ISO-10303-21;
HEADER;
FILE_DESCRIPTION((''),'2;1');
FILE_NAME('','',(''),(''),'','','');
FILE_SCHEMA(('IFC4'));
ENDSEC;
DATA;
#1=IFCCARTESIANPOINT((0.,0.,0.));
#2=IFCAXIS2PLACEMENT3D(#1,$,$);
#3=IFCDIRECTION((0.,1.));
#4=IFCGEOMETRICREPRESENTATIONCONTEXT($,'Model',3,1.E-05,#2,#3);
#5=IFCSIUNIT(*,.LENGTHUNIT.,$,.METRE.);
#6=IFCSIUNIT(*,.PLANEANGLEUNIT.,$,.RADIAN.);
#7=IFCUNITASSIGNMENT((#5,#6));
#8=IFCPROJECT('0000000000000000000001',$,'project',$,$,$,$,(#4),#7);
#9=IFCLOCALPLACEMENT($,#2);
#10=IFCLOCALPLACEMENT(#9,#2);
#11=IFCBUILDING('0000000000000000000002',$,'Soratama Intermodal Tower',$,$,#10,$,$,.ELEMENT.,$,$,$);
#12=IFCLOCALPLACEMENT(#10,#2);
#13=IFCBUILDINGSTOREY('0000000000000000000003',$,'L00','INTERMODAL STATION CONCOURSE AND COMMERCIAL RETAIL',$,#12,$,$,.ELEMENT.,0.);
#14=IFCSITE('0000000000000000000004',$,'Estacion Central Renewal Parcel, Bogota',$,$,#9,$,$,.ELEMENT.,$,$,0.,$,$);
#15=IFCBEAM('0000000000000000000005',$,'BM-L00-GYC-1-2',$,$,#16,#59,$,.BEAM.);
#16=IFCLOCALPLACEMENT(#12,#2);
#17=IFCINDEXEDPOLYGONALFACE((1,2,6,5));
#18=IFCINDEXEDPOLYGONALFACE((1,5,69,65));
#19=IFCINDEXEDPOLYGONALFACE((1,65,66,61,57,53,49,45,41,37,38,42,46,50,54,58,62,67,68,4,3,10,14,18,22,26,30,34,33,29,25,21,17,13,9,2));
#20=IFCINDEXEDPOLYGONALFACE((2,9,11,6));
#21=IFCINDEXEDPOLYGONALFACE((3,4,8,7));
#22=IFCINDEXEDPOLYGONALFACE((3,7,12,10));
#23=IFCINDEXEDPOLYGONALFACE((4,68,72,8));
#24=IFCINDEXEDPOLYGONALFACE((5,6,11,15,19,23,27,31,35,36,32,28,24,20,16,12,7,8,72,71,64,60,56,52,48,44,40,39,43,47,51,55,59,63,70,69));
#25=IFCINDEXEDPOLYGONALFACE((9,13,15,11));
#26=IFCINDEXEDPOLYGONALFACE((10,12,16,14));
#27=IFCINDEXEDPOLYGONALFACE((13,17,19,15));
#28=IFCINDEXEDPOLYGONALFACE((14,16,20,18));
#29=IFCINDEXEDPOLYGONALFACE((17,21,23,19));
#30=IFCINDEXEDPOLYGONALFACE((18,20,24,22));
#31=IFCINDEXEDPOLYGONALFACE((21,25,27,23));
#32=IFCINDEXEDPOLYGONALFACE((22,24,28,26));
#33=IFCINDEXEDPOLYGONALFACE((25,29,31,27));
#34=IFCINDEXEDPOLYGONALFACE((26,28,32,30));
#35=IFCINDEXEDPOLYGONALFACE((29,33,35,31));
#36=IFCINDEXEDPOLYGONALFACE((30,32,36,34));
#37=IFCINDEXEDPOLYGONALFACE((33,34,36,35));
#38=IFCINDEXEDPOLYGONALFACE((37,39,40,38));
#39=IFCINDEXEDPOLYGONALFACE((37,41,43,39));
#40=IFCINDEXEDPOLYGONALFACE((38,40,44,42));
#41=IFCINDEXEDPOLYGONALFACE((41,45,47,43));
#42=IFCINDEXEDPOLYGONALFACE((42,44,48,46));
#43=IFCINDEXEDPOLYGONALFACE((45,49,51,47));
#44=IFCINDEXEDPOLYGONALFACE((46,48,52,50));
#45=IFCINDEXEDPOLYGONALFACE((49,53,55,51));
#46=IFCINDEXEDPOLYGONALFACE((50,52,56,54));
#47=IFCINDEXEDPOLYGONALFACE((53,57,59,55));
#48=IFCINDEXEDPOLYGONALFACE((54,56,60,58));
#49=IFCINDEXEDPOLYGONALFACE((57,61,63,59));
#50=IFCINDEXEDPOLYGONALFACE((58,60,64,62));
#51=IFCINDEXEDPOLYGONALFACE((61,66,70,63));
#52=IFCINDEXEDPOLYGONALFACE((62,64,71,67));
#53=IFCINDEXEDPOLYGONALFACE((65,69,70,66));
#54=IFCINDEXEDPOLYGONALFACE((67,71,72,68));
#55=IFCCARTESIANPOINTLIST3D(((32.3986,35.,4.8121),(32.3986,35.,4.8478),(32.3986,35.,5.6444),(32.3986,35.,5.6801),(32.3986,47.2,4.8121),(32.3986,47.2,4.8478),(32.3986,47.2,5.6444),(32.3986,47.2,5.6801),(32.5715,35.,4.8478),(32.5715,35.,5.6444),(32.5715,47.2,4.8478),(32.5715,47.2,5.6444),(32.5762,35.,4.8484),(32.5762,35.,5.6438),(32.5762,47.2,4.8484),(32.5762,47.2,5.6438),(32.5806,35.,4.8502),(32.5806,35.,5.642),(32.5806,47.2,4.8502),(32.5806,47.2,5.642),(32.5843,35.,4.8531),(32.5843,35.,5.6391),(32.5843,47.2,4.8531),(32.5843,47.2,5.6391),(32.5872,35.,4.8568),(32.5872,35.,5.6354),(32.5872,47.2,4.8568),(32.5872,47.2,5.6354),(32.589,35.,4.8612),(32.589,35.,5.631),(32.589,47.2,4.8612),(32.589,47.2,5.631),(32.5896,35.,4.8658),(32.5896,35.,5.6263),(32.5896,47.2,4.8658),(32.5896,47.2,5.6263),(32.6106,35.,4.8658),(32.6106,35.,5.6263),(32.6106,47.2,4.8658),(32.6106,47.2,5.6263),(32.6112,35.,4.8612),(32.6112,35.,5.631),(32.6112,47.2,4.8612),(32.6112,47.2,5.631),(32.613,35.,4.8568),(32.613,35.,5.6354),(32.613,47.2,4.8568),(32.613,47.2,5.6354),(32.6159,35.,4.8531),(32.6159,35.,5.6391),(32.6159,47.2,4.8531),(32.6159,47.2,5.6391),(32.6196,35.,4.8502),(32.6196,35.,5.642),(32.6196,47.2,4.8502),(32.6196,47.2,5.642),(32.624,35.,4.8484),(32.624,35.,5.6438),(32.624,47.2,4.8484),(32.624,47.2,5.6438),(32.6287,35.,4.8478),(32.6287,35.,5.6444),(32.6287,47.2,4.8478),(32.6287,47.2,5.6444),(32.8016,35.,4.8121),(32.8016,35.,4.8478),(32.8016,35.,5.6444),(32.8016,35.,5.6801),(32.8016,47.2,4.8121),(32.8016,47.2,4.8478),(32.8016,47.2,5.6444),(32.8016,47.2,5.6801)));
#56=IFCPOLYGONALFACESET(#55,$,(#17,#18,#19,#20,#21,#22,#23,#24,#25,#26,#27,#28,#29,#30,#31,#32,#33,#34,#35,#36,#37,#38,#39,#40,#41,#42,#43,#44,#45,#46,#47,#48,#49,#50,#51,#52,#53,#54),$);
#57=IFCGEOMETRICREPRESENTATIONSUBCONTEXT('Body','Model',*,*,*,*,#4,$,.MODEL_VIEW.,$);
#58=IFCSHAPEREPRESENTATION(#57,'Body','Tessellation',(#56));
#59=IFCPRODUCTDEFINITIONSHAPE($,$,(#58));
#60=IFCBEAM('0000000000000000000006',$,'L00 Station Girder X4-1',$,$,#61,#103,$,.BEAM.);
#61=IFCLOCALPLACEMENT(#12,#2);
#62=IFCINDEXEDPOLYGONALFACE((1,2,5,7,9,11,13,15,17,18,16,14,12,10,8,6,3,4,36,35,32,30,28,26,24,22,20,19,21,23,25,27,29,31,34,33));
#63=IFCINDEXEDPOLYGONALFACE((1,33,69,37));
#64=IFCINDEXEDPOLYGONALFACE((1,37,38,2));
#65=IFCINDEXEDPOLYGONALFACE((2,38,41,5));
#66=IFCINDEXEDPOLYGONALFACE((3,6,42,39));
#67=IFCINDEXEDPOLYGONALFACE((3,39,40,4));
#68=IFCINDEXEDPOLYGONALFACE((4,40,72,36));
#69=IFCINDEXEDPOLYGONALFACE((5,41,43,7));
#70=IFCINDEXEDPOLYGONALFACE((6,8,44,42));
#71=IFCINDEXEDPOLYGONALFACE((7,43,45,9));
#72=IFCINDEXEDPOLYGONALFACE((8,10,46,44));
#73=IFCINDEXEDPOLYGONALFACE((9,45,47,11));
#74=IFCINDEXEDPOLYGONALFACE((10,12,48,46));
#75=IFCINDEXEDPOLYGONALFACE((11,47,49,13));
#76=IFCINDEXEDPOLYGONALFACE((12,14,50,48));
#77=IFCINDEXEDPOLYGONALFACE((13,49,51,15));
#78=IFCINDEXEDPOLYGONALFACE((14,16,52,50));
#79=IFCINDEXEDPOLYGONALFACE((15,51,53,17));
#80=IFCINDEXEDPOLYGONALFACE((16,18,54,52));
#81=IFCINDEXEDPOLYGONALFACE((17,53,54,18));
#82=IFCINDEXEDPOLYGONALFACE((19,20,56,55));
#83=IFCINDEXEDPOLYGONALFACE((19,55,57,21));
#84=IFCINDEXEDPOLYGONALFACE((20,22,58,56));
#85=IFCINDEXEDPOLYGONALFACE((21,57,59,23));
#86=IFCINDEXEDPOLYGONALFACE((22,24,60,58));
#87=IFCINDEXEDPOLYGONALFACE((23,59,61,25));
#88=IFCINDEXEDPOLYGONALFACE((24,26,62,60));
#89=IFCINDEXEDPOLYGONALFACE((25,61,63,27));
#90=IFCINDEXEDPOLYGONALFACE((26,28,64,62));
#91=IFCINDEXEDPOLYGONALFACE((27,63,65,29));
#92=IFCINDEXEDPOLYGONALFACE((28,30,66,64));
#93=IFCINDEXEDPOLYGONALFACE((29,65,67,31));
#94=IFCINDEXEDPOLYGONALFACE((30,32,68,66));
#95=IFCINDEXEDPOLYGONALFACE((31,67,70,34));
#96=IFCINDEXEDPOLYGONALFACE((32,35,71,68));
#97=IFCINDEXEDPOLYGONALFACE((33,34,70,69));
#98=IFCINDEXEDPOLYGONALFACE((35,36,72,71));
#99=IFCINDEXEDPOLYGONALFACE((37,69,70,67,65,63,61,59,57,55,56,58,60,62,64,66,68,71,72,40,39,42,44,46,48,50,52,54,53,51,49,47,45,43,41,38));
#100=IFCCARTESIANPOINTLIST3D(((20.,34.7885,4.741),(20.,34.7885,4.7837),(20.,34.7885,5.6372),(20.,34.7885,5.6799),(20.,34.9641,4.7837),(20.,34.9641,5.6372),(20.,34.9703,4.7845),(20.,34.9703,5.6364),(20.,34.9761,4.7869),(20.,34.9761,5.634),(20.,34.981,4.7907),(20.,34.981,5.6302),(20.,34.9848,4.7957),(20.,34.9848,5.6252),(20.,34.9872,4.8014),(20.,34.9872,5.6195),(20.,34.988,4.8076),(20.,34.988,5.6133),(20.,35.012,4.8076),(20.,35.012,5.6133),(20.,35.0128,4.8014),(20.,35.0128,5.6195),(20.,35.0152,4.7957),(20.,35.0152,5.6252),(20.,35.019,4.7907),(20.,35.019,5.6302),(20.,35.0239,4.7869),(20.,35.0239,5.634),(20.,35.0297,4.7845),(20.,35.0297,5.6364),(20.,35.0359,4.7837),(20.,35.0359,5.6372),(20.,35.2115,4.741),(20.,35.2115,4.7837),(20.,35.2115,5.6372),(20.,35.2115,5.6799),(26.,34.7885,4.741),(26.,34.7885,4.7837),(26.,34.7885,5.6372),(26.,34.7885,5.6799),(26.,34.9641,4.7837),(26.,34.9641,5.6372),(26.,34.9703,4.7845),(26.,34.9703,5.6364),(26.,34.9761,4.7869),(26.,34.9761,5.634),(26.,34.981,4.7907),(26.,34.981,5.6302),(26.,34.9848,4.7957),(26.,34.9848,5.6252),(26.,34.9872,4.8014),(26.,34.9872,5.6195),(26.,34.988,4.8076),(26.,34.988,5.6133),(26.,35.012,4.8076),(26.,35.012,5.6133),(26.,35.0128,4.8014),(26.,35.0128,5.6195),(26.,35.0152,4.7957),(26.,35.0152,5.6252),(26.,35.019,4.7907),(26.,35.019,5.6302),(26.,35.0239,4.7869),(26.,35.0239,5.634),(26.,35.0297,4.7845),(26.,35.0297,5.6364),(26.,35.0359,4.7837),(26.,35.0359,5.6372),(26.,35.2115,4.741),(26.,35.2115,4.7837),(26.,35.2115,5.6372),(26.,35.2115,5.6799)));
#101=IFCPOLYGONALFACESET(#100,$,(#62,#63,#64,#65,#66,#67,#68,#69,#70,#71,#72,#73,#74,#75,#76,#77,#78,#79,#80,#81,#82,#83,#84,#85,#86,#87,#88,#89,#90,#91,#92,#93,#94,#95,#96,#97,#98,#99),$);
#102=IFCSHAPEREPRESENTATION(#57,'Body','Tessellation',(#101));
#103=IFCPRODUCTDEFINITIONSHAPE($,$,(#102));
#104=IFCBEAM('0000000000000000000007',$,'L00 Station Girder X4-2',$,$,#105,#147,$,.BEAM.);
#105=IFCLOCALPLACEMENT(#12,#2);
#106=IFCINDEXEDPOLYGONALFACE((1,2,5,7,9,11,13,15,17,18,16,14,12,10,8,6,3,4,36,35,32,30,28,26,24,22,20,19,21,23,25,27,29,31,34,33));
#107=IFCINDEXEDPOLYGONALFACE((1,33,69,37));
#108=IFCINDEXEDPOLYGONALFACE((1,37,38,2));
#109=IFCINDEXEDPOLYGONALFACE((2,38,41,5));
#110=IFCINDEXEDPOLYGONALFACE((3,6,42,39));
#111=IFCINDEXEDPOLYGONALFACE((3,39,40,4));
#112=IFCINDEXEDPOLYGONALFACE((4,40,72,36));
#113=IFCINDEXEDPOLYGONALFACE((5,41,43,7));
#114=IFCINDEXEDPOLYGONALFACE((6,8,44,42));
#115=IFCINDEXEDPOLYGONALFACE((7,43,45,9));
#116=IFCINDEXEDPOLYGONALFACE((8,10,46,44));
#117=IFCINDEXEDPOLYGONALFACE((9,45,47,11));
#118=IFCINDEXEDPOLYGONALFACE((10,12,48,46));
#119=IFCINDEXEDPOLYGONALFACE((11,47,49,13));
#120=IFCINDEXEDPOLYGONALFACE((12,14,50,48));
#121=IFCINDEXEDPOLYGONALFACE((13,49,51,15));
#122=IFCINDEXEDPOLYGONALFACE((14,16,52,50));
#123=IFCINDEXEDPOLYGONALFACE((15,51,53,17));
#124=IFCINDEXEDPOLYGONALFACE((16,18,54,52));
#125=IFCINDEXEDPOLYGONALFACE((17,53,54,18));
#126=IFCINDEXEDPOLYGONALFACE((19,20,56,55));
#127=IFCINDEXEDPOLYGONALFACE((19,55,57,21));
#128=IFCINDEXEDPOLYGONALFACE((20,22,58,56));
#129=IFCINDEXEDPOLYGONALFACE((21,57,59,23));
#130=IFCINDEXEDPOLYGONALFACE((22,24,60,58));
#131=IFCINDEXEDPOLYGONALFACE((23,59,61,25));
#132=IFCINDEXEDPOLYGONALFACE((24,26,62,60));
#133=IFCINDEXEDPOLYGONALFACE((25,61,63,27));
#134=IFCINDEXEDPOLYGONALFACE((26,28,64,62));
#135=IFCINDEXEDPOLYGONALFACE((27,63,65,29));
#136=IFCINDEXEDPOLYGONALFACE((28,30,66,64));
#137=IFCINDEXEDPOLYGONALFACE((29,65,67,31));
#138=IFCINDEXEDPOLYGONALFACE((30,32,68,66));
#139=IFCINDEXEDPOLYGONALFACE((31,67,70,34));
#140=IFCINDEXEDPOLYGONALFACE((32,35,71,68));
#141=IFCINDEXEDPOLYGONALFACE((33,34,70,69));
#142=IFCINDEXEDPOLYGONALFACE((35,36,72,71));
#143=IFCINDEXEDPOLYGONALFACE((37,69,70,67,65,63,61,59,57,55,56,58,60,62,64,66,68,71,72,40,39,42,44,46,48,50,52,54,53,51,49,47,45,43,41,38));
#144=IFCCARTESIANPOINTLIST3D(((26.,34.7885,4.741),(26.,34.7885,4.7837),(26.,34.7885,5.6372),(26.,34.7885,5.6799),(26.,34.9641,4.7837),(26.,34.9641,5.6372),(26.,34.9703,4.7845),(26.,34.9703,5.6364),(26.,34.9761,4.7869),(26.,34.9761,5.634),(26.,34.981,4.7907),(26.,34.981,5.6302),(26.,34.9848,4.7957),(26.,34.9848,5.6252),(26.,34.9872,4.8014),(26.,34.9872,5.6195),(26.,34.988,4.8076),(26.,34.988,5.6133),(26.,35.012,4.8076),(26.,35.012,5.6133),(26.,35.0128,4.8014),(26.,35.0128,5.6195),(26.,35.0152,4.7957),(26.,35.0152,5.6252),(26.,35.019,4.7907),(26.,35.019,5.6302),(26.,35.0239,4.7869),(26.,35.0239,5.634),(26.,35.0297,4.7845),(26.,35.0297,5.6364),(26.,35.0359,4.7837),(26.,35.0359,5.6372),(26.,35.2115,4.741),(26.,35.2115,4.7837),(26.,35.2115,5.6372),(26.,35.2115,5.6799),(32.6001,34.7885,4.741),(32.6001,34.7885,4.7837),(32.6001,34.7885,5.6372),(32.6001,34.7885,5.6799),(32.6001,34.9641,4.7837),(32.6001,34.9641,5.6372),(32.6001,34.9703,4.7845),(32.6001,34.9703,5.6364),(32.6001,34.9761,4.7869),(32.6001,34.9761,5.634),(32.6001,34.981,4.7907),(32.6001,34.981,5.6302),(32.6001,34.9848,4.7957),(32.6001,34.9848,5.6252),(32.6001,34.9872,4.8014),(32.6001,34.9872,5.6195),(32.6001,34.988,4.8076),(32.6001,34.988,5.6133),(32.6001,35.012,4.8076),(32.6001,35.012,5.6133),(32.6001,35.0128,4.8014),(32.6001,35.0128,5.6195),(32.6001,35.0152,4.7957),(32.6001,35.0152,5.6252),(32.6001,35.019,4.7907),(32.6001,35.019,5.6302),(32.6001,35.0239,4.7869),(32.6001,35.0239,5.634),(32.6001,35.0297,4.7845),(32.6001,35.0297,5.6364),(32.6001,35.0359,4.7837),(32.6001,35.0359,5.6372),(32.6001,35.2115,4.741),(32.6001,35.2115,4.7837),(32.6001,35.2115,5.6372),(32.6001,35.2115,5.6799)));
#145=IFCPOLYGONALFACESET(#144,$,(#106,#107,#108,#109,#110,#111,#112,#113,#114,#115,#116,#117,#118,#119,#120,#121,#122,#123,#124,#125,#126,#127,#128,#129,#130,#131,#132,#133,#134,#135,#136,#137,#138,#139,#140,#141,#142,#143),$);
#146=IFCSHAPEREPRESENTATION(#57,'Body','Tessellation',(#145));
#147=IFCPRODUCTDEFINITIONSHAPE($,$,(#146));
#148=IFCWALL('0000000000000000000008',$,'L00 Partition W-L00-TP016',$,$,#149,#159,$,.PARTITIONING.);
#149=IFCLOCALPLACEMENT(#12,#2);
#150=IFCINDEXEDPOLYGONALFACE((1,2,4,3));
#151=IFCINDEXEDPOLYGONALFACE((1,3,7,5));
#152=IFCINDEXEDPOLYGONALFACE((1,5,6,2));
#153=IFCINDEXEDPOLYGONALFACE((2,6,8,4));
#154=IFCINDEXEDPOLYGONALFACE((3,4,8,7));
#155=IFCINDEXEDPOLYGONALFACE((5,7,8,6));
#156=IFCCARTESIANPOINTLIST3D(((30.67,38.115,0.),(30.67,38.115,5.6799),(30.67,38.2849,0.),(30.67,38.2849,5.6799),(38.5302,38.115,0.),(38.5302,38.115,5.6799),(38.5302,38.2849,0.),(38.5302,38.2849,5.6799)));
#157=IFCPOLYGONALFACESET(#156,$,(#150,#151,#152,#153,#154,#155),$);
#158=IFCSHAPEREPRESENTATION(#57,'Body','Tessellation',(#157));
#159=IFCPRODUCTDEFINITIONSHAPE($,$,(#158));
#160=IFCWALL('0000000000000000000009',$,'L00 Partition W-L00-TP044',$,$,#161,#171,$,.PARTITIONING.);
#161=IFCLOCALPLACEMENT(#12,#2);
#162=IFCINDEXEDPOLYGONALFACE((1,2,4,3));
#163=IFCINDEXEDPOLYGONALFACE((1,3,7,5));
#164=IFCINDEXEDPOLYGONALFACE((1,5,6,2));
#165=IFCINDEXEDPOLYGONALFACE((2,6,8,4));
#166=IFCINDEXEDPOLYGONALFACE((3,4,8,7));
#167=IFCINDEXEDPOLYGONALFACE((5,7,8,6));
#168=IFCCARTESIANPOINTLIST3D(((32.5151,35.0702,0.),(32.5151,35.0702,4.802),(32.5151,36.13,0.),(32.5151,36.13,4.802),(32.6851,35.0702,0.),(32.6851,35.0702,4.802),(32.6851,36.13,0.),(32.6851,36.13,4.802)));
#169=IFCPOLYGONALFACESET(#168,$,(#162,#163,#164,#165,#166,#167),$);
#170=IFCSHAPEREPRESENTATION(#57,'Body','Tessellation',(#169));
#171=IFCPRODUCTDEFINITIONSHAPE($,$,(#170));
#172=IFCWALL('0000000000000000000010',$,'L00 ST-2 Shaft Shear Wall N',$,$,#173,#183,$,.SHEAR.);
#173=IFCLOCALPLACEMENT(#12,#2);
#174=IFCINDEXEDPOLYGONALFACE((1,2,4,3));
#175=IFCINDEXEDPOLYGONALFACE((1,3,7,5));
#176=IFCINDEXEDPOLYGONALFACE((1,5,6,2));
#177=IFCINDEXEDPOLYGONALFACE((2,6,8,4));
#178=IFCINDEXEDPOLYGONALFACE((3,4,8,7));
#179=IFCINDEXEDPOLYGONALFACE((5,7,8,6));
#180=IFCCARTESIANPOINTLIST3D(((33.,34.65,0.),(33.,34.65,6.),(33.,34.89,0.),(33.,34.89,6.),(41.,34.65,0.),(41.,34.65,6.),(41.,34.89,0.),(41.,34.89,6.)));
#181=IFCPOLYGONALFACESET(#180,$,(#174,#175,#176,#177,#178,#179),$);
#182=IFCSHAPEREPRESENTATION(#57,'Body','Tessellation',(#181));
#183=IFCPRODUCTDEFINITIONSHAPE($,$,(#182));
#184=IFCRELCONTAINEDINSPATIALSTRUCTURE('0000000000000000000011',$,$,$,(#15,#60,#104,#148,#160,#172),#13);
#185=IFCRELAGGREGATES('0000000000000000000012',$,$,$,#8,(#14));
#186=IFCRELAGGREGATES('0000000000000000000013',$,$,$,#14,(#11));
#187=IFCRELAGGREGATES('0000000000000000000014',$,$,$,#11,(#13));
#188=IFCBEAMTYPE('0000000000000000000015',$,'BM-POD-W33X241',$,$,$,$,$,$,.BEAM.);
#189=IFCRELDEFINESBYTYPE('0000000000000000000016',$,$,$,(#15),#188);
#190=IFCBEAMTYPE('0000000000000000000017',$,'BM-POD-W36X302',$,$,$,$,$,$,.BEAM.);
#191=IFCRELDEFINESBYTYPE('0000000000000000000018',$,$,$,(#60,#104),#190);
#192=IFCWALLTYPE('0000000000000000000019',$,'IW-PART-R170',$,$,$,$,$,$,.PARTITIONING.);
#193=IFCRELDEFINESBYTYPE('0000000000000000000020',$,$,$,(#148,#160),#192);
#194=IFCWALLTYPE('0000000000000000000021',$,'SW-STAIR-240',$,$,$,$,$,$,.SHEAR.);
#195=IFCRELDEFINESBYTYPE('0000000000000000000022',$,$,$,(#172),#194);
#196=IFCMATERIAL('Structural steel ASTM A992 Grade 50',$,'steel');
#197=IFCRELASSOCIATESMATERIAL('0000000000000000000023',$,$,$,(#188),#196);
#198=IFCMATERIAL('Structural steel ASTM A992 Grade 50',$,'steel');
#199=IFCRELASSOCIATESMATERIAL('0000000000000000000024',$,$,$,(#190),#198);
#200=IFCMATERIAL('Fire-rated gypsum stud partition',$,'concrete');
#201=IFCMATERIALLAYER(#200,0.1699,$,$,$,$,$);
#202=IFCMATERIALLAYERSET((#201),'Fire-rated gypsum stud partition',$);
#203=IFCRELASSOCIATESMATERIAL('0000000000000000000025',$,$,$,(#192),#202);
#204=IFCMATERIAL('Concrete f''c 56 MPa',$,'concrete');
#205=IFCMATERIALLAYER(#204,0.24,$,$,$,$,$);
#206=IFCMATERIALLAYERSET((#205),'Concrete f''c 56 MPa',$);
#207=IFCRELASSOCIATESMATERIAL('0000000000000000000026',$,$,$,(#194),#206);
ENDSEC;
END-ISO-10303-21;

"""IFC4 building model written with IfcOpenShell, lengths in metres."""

from ifc_helpers import new_model, si_unit, direction, frame, frame_2d, origin, origin_2d, place, context, subcontext, project, spatial, rectangle, i_section, extrude, material, layer, layer_set, material_profile, profile_set, type_object, element, save


model = new_model("IFC4")

# Units and contexts
model_context = context("Model", 3, precision=1e-05, world=origin(), true_north=direction((0.0, 1.0)))
body_context = subcontext(model_context, "Body", "Model", "MODEL_VIEW")
ifc_project = project(units=[si_unit("LENGTHUNIT", "METRE"), si_unit("PLANEANGLEUNIT", "RADIAN")], contexts=[model_context])

# Site, building, storey
site_placement = place(None, origin())
site = spatial("IfcSite", under=ifc_project, at=site_placement, Name="Estacion Central Renewal Parcel, Bogota", CompositionType="ELEMENT", RefElevation=0.0)
building_placement = place(site_placement, origin())
building = spatial("IfcBuilding", under=site, at=building_placement, Name="Soratama Intermodal Tower", CompositionType="ELEMENT")
storey_placement = place(building_placement, origin())
storey = spatial("IfcBuildingStorey", under=building, at=storey_placement, Name="L00", Description="INTERMODAL STATION CONCOURSE AND COMMERCIAL RETAIL", CompositionType="ELEMENT", Elevation=0.0)

# Beams
ifc_material_1 = material(Name="Structural steel ASTM A992 Grade 50", Category="steel")
ifc_material_profile_1 = material_profile(ifc_material_1, i_section(OverallWidth=0.4031, OverallDepth=0.8679, WebThickness=0.021, FlangeThickness=0.0356, FilletRadius=0.0181, at=origin_2d()), Name="W33X241")
ifc_profile_set_1 = profile_set([ifc_material_profile_1], Name="Structural steel ASTM A992 Grade 50")
beam_type_1 = type_object("IfcBeamType", Name="BM-POD-W33X241", PredefinedType="BEAM", material=ifc_profile_set_1)
for number, where, z_axis, x_axis, name in (
    (1, (32.6001, 35.0, 5.2461), (0.0, 1.0, 0.0), (-1.0, 0.0, 0.0), "BM-L00-GYC-1-2"),
):
    element("IfcBeam", number, at=place(storey_placement, frame(where, z_axis=z_axis, x_axis=x_axis)), inside=storey, type_object=beam_type_1, Name=name, PredefinedType="BEAM", context=body_context, shape_type="SweptSolid", body=[
        extrude(i_section(OverallWidth=0.4031, OverallDepth=0.8679, WebThickness=0.021, FlangeThickness=0.0356, FilletRadius=0.0181, at=origin_2d()), origin(), (0.0, 0.0, 1.0), 12.2),
    ])
ifc_material_2 = material(Name="Structural steel ASTM A992 Grade 50", Category="steel")
ifc_material_profile_2 = material_profile(ifc_material_2, i_section(OverallWidth=0.4231, OverallDepth=0.939, WebThickness=0.0239, FlangeThickness=0.0427, FilletRadius=0.0239, at=origin_2d()), Name="W36X302")
ifc_profile_set_2 = profile_set([ifc_material_profile_2], Name="Structural steel ASTM A992 Grade 50")
beam_type_2 = type_object("IfcBeamType", Name="BM-POD-W36X302", PredefinedType="BEAM", material=ifc_profile_set_2)
beam_1_placement = place(storey_placement, frame((20.0, 35.0, 5.2104), z_axis=(1.0, 0.0, 0.0), x_axis=(0.0, 1.0, 0.0)))
element("IfcBeam", 2, at=beam_1_placement, inside=storey, type_object=beam_type_2, Name="L00 Station Girder X4-1", PredefinedType="BEAM", context=body_context, shape_type="SweptSolid", body=[
    extrude(i_section(OverallWidth=0.4231, OverallDepth=0.939, WebThickness=0.0239, FlangeThickness=0.0427, FilletRadius=0.0239, at=origin_2d()), origin(), (0.0, 0.0, 1.0), 6.0),
])
beam_2_placement = place(storey_placement, frame((26.0, 35.0, 5.2104), z_axis=(1.0, 0.0, 0.0), x_axis=(0.0, 1.0, 0.0)))
element("IfcBeam", 3, at=beam_2_placement, inside=storey, type_object=beam_type_2, Name="L00 Station Girder X4-2", PredefinedType="BEAM", context=body_context, shape_type="SweptSolid", body=[
    extrude(i_section(OverallWidth=0.4231, OverallDepth=0.939, WebThickness=0.0239, FlangeThickness=0.0427, FilletRadius=0.0239, at=origin_2d()), origin(), (0.0, 0.0, 1.0), 6.6001),
])

# Walls
ifc_material_3 = material(Name="Fire-rated gypsum stud partition", Category="concrete")
ifc_layer_1 = layer(ifc_material_3, 0.1699)
ifc_layer_set_1 = layer_set([ifc_layer_1], Name="Fire-rated gypsum stud partition")
wall_type_1 = type_object("IfcWallType", Name="IW-PART-R170", PredefinedType="PARTITIONING", material=ifc_layer_set_1)
wall_1_placement = place(storey_placement, frame((30.6699, 38.2, 0.0), z_axis=(0.0, 0.0, 1.0), x_axis=(1.0, 0.0, 0.0)))
element("IfcWall", 4, at=wall_1_placement, inside=storey, type_object=wall_type_1, Name="L00 Partition W-L00-TP016", PredefinedType="PARTITIONING", context=body_context, shape_type="SweptSolid", body=[
    extrude(rectangle(XDim=7.8601, YDim=0.1699, at=frame_2d((3.9302, 0.0))), origin(), (0.0, 0.0, 1.0), 5.6799),
])
wall_2_placement = place(storey_placement, frame((32.6001, 36.1299, 0.0), z_axis=(0.0, 0.0, 1.0), x_axis=(0.0, -1.0, 0.0)))
element("IfcWall", 5, at=wall_2_placement, inside=storey, type_object=wall_type_1, Name="L00 Partition W-L00-TP044", PredefinedType="PARTITIONING", context=body_context, shape_type="SweptSolid", body=[
    extrude(rectangle(XDim=1.0598, YDim=0.1699, at=frame_2d((0.5298, 0.0))), origin(), (0.0, 0.0, 1.0), 4.802),
])
ifc_material_4 = material(Name="Concrete f'c 56 MPa", Category="concrete")
ifc_layer_2 = layer(ifc_material_4, 0.24)
ifc_layer_set_2 = layer_set([ifc_layer_2], Name="Concrete f'c 56 MPa")
wall_type_2 = type_object("IfcWallType", Name="SW-STAIR-240", PredefinedType="SHEAR", material=ifc_layer_set_2)
wall_3_placement = place(storey_placement, frame((33.0, 34.77, 0.0), z_axis=(0.0, 0.0, 1.0), x_axis=(1.0, 0.0, 0.0)))
element("IfcWall", 6, at=wall_3_placement, inside=storey, type_object=wall_type_2, Name="L00 ST-2 Shaft Shear Wall N", PredefinedType="SHEAR", context=body_context, shape_type="SweptSolid", body=[
    extrude(rectangle(XDim=8.0, YDim=0.24, at=frame_2d((4.0, 0.0))), origin(), (0.0, 0.0, 1.0), 6.0),
])

save(model, "model.ifc")
